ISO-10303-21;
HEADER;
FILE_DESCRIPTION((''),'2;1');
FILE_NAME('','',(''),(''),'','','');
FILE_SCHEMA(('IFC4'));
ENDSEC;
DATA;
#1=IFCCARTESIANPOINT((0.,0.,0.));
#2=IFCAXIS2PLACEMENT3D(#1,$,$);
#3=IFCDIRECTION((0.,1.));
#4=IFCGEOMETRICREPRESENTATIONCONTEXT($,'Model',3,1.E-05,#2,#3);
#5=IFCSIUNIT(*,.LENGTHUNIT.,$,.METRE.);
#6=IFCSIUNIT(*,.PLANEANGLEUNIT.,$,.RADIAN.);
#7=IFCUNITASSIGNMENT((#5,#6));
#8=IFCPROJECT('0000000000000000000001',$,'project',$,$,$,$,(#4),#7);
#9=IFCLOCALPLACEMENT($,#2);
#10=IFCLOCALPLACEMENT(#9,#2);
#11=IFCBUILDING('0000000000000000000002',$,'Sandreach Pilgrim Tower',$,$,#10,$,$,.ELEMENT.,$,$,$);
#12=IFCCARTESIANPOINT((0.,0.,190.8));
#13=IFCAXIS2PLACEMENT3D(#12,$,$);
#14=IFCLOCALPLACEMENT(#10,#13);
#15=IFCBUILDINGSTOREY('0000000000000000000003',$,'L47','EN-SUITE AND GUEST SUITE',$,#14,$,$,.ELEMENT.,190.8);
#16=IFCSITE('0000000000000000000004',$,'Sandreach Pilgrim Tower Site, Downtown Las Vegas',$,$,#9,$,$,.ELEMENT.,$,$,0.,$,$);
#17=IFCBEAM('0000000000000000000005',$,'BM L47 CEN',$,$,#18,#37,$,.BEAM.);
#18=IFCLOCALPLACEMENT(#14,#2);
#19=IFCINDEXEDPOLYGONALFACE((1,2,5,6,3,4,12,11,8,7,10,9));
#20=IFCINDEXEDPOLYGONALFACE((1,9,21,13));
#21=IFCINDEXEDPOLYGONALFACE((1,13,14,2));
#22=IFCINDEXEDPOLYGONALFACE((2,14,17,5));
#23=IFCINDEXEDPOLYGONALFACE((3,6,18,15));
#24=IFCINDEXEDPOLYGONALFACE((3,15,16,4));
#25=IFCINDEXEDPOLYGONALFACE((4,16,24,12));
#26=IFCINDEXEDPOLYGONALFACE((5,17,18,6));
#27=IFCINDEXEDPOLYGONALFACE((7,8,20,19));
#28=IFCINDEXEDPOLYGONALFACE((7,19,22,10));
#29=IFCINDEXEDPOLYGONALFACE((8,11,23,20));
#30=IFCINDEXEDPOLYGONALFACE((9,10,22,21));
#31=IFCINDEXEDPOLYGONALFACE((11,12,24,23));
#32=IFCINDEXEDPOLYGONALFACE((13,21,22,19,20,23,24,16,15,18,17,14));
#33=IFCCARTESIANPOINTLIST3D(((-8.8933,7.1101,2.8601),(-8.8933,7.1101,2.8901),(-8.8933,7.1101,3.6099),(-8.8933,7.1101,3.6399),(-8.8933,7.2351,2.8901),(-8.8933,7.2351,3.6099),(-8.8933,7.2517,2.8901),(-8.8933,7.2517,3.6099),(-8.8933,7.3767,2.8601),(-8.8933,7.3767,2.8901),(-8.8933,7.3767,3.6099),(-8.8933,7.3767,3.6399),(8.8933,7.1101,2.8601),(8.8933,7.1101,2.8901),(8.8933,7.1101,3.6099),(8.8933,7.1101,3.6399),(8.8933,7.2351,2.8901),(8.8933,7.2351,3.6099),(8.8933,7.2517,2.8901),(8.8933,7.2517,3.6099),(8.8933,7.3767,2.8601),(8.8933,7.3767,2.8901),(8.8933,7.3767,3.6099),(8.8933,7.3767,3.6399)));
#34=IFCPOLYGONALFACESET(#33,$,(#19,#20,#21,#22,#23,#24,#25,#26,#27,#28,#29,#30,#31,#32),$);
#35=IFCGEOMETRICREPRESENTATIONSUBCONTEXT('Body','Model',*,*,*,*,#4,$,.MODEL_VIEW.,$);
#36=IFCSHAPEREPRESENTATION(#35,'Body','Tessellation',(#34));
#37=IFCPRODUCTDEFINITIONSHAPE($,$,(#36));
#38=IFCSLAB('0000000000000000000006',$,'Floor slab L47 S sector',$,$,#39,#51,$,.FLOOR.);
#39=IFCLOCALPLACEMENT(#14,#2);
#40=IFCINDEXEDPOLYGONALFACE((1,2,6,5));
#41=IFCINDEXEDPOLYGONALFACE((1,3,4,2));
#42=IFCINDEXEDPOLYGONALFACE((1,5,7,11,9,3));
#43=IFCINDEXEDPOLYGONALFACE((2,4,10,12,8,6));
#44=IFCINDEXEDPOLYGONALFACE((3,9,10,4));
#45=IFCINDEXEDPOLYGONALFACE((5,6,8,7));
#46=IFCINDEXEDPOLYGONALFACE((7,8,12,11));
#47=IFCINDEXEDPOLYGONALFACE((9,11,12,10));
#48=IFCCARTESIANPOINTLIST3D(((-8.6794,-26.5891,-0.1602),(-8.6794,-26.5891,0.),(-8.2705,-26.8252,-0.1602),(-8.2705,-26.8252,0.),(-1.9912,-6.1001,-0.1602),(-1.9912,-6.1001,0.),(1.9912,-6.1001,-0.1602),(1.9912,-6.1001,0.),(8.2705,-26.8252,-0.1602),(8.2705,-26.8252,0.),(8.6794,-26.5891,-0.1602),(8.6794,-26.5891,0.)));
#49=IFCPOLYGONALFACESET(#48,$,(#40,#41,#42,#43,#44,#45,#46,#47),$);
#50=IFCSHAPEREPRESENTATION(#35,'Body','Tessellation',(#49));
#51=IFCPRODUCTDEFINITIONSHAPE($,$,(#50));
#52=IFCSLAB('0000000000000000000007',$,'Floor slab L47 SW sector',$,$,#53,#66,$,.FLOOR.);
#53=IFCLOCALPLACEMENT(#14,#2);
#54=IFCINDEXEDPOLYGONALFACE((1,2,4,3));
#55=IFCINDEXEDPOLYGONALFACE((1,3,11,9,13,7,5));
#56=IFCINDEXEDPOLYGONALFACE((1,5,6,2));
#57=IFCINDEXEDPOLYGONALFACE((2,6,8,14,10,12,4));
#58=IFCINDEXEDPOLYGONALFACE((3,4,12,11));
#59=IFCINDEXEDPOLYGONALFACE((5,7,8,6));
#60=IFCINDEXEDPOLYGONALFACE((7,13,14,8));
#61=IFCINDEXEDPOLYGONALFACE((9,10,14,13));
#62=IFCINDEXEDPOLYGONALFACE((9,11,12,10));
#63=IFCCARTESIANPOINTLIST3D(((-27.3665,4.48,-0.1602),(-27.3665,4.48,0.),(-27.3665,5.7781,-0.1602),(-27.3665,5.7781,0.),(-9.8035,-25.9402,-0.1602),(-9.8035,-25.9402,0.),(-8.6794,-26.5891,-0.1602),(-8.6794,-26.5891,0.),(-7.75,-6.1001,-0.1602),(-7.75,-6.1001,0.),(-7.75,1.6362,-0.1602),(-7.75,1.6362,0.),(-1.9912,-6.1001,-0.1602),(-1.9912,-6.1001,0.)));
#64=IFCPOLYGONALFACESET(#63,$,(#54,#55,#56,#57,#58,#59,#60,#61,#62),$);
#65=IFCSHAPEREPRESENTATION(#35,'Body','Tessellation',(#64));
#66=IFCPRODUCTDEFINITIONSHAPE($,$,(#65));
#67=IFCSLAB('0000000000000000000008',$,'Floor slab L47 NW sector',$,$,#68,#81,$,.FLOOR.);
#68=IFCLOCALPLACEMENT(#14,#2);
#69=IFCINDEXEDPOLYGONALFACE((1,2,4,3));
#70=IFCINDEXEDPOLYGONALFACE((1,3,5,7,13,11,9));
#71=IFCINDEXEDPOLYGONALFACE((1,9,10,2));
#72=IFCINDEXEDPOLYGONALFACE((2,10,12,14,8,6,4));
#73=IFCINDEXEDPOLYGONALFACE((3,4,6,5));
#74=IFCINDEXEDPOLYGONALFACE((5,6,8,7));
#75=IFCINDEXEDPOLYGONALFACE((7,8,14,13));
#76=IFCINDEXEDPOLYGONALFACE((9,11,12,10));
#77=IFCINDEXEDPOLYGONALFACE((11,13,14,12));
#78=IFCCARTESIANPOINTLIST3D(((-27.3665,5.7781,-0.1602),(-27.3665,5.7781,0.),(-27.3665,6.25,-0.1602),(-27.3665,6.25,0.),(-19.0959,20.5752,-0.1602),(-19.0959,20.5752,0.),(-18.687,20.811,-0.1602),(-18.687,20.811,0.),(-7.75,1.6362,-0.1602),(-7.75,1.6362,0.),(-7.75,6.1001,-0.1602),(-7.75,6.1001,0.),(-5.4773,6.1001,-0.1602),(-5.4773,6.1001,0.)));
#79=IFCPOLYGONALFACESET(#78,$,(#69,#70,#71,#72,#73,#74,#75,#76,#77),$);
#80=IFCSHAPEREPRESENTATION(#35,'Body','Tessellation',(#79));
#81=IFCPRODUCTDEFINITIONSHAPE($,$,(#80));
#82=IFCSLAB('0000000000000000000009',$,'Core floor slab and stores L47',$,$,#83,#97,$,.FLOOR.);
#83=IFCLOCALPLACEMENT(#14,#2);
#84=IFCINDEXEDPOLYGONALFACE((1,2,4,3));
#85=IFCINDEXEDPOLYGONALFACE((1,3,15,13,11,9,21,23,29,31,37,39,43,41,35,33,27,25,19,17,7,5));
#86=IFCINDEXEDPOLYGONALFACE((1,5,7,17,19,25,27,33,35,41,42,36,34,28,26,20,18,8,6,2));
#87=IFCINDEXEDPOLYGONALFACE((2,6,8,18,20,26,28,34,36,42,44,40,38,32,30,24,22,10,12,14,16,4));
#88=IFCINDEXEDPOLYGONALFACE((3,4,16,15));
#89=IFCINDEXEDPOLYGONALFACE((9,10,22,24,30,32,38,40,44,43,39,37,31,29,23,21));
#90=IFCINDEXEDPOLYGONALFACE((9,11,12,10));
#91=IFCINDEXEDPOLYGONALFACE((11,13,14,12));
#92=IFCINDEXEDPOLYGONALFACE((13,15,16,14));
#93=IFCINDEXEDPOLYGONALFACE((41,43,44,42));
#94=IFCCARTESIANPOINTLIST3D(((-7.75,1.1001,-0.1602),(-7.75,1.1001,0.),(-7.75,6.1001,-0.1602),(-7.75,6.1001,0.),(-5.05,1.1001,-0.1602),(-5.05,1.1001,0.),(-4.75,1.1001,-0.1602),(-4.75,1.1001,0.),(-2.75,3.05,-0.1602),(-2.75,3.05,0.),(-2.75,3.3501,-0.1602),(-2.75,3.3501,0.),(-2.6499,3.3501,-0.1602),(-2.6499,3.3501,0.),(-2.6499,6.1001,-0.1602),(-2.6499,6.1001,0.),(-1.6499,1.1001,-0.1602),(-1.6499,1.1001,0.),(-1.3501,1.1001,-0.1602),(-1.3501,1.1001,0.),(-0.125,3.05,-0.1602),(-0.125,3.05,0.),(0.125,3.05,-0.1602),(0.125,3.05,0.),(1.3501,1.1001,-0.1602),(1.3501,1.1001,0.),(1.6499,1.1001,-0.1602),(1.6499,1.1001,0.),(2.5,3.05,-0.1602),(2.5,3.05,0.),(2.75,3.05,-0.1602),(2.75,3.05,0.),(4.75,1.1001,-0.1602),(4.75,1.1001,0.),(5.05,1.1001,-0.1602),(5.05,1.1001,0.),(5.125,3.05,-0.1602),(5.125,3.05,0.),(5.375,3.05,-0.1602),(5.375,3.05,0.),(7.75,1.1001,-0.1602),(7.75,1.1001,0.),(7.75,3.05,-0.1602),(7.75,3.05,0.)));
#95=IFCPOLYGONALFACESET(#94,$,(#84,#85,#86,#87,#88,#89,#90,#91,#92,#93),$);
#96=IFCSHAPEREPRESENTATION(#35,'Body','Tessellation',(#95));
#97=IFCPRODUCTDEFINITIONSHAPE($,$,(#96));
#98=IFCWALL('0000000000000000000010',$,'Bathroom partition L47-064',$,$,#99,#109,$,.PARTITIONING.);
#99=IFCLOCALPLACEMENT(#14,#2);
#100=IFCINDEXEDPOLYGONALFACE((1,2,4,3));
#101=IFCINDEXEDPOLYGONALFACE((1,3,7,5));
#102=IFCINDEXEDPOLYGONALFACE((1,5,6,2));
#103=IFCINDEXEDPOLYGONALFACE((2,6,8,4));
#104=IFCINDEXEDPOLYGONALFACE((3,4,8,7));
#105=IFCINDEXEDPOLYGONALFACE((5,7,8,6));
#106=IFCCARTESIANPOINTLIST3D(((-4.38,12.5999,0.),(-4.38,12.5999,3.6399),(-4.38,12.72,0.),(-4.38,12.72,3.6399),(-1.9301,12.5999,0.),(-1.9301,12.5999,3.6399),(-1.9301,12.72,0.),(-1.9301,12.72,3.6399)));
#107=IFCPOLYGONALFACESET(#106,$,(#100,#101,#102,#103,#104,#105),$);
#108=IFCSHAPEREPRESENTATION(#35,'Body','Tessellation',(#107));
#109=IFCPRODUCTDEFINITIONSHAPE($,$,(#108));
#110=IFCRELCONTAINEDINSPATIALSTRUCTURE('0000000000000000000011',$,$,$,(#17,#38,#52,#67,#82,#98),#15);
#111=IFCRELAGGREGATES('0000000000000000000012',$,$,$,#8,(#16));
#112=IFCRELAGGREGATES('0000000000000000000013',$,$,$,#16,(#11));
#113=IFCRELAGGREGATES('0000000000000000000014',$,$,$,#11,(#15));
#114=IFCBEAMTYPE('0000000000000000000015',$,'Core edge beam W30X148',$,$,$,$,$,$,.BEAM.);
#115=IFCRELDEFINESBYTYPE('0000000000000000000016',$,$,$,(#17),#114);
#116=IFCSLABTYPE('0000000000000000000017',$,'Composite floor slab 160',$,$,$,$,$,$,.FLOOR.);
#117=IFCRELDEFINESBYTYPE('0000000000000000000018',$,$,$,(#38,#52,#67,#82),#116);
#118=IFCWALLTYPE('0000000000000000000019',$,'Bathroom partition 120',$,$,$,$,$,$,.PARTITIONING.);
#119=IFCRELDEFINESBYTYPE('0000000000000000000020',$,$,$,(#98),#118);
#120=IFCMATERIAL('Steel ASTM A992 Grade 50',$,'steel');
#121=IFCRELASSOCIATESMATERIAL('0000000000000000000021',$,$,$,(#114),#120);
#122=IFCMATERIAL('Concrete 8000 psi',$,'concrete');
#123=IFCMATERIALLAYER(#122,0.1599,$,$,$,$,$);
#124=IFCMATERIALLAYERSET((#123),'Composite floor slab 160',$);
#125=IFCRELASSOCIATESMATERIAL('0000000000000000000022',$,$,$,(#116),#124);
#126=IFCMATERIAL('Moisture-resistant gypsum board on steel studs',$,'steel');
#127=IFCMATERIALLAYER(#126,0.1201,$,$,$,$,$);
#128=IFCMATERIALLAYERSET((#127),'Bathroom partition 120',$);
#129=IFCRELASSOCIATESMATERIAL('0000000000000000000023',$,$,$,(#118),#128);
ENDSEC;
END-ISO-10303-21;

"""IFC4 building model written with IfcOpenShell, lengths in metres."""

from ifc_helpers import new_model, si_unit, direction, frame, frame_2d, origin, origin_2d, place, context, subcontext, project, spatial, polyline, rectangle, i_section, outline, extrude, material, layer, layer_set, material_profile, profile_set, type_object, element, save


model = new_model("IFC4")

# Units and contexts
model_context = context("Model", 3, precision=1e-05, world=origin(), true_north=direction((0.0, 1.0)))
body_context = subcontext(model_context, "Body", "Model", "MODEL_VIEW")
ifc_project = project(units=[si_unit("LENGTHUNIT", "METRE"), si_unit("PLANEANGLEUNIT", "RADIAN")], contexts=[model_context])

# Site, building, storey
site_placement = place(None, origin())
site = spatial("IfcSite", under=ifc_project, at=site_placement, Name="Sandreach Pilgrim Tower Site, Downtown Las Vegas", CompositionType="ELEMENT", RefElevation=0.0)
building_placement = place(site_placement, origin())
building = spatial("IfcBuilding", under=site, at=building_placement, Name="Sandreach Pilgrim Tower", CompositionType="ELEMENT")
storey_placement = place(building_placement, frame((0.0, 0.0, 190.8)))
storey = spatial("IfcBuildingStorey", under=building, at=storey_placement, Name="L47", Description="EN-SUITE AND GUEST SUITE", CompositionType="ELEMENT", Elevation=190.8)

# Beam
ifc_material_1 = material(Name="Steel ASTM A992 Grade 50", Category="steel")
ifc_material_profile = material_profile(ifc_material_1, i_section(OverallWidth=0.2666, OverallDepth=0.7798, WebThickness=0.0166, FlangeThickness=0.03, at=origin_2d()), Name="W30X148")
ifc_profile_set = profile_set([ifc_material_profile], Name="Steel ASTM A992 Grade 50")
beam_type = type_object("IfcBeamType", Name="Core edge beam W30X148", PredefinedType="BEAM", material=ifc_profile_set)
beam_placement = place(storey_placement, frame((-8.8933, 7.2434, 3.25), z_axis=(1.0, 0.0, 0.0), x_axis=(0.0, 1.0, 0.0)))
element("IfcBeam", 1, at=beam_placement, inside=storey, type_object=beam_type, Name="BM L47 CEN", PredefinedType="BEAM", context=body_context, shape_type="SweptSolid", body=[
    extrude(i_section(OverallWidth=0.2666, OverallDepth=0.7798, WebThickness=0.0166, FlangeThickness=0.03, at=origin_2d()), origin(), (0.0, 0.0, 1.0), 17.7866),
])

# Slabs
ifc_material_2 = material(Name="Concrete 8000 psi", Category="concrete")
ifc_layer_1 = layer(ifc_material_2, 0.1599)
ifc_layer_set_1 = layer_set([ifc_layer_1], Name="Composite floor slab 160")
slab_type = type_object("IfcSlabType", Name="Composite floor slab 160", PredefinedType="FLOOR", material=ifc_layer_set_1)
slab_1_placement = place(storey_placement, frame((0.0, 0.0, -0.1602)))
element("IfcSlab", 2, at=slab_1_placement, inside=storey, type_object=slab_type, Name="Floor slab L47 S sector", PredefinedType="FLOOR", context=body_context, shape_type="SweptSolid", body=[
    extrude(outline(polyline([(8.2705, -26.8252), (-8.2705, -26.8252), (-8.6794, -26.5891), (-1.9912, -6.1001), (1.9912, -6.1001), (8.6794, -26.5891), (8.2705, -26.8252)])), origin(), (0.0, 0.0, 1.0), 0.1602),
])
slab_2_placement = place(storey_placement, frame((0.0, 0.0, -0.1602)))
element("IfcSlab", 3, at=slab_2_placement, inside=storey, type_object=slab_type, Name="Floor slab L47 SW sector", PredefinedType="FLOOR", context=body_context, shape_type="SweptSolid", body=[
    extrude(outline(polyline([(-9.8035, -25.9402), (-27.3665, 4.48), (-27.3665, 5.7781), (-7.75, 1.6362), (-7.75, -6.1001), (-1.9912, -6.1001), (-8.6794, -26.5891), (-9.8035, -25.9402)])), origin(), (0.0, 0.0, 1.0), 0.1602),
])
slab_3_placement = place(storey_placement, frame((0.0, 0.0, -0.1602)))
element("IfcSlab", 4, at=slab_3_placement, inside=storey, type_object=slab_type, Name="Floor slab L47 NW sector", PredefinedType="FLOOR", context=body_context, shape_type="SweptSolid", body=[
    extrude(outline(polyline([(-27.3665, 6.25), (-19.0959, 20.5752), (-18.687, 20.811), (-5.4773, 6.1001), (-7.75, 6.1001), (-7.75, 1.6362), (-27.3665, 5.7781), (-27.3665, 6.25)])), origin(), (0.0, 0.0, 1.0), 0.1602),
])
slab_4_placement = place(storey_placement, frame((0.0, 0.0, -0.1602)))
element("IfcSlab", 5, at=slab_4_placement, inside=storey, type_object=slab_type, Name="Core floor slab and stores L47", PredefinedType="FLOOR", context=body_context, shape_type="SweptSolid", body=[
    extrude(outline(polyline([(-2.75, 3.3501), (-2.75, 3.05), (-0.125, 3.05), (0.125, 3.05), (2.5, 3.05), (2.75, 3.05), (5.125, 3.05), (5.375, 3.05), (7.75, 3.05), (7.75, 1.1001), (5.05, 1.1001), (4.75, 1.1001), (1.6499, 1.1001), (1.3501, 1.1001), (-1.3501, 1.1001), (-1.6499, 1.1001), (-4.75, 1.1001), (-5.05, 1.1001), (-7.75, 1.1001), (-7.75, 6.1001), (-2.6499, 6.1001), (-2.6499, 3.3501), (-2.75, 3.3501)])), origin(), (0.0, 0.0, 1.0), 0.1602),
])

# Wall
ifc_material_3 = material(Name="Moisture-resistant gypsum board on steel studs", Category="steel")
ifc_layer_2 = layer(ifc_material_3, 0.1201)
ifc_layer_set_2 = layer_set([ifc_layer_2], Name="Bathroom partition 120")
wall_type_1 = type_object("IfcWallType", Name="Bathroom partition 120", PredefinedType="PARTITIONING", material=ifc_layer_set_2)
wall_1_placement = place(storey_placement, frame((-1.9299, 12.6599, 0.0), z_axis=(0.0, 0.0, 1.0), x_axis=(-1.0, 0.0, 0.0)))
element("IfcWall", 6, at=wall_1_placement, inside=storey, type_object=wall_type_1, Name="Bathroom partition L47-064", PredefinedType="PARTITIONING", context=body_context, shape_type="SweptSolid", body=[
    extrude(rectangle(XDim=2.45, YDim=0.1201, at=frame_2d((1.2251, 0.0))), origin(), (0.0, 0.0, 1.0), 3.6399),
])

save(model, "model.ifc")
